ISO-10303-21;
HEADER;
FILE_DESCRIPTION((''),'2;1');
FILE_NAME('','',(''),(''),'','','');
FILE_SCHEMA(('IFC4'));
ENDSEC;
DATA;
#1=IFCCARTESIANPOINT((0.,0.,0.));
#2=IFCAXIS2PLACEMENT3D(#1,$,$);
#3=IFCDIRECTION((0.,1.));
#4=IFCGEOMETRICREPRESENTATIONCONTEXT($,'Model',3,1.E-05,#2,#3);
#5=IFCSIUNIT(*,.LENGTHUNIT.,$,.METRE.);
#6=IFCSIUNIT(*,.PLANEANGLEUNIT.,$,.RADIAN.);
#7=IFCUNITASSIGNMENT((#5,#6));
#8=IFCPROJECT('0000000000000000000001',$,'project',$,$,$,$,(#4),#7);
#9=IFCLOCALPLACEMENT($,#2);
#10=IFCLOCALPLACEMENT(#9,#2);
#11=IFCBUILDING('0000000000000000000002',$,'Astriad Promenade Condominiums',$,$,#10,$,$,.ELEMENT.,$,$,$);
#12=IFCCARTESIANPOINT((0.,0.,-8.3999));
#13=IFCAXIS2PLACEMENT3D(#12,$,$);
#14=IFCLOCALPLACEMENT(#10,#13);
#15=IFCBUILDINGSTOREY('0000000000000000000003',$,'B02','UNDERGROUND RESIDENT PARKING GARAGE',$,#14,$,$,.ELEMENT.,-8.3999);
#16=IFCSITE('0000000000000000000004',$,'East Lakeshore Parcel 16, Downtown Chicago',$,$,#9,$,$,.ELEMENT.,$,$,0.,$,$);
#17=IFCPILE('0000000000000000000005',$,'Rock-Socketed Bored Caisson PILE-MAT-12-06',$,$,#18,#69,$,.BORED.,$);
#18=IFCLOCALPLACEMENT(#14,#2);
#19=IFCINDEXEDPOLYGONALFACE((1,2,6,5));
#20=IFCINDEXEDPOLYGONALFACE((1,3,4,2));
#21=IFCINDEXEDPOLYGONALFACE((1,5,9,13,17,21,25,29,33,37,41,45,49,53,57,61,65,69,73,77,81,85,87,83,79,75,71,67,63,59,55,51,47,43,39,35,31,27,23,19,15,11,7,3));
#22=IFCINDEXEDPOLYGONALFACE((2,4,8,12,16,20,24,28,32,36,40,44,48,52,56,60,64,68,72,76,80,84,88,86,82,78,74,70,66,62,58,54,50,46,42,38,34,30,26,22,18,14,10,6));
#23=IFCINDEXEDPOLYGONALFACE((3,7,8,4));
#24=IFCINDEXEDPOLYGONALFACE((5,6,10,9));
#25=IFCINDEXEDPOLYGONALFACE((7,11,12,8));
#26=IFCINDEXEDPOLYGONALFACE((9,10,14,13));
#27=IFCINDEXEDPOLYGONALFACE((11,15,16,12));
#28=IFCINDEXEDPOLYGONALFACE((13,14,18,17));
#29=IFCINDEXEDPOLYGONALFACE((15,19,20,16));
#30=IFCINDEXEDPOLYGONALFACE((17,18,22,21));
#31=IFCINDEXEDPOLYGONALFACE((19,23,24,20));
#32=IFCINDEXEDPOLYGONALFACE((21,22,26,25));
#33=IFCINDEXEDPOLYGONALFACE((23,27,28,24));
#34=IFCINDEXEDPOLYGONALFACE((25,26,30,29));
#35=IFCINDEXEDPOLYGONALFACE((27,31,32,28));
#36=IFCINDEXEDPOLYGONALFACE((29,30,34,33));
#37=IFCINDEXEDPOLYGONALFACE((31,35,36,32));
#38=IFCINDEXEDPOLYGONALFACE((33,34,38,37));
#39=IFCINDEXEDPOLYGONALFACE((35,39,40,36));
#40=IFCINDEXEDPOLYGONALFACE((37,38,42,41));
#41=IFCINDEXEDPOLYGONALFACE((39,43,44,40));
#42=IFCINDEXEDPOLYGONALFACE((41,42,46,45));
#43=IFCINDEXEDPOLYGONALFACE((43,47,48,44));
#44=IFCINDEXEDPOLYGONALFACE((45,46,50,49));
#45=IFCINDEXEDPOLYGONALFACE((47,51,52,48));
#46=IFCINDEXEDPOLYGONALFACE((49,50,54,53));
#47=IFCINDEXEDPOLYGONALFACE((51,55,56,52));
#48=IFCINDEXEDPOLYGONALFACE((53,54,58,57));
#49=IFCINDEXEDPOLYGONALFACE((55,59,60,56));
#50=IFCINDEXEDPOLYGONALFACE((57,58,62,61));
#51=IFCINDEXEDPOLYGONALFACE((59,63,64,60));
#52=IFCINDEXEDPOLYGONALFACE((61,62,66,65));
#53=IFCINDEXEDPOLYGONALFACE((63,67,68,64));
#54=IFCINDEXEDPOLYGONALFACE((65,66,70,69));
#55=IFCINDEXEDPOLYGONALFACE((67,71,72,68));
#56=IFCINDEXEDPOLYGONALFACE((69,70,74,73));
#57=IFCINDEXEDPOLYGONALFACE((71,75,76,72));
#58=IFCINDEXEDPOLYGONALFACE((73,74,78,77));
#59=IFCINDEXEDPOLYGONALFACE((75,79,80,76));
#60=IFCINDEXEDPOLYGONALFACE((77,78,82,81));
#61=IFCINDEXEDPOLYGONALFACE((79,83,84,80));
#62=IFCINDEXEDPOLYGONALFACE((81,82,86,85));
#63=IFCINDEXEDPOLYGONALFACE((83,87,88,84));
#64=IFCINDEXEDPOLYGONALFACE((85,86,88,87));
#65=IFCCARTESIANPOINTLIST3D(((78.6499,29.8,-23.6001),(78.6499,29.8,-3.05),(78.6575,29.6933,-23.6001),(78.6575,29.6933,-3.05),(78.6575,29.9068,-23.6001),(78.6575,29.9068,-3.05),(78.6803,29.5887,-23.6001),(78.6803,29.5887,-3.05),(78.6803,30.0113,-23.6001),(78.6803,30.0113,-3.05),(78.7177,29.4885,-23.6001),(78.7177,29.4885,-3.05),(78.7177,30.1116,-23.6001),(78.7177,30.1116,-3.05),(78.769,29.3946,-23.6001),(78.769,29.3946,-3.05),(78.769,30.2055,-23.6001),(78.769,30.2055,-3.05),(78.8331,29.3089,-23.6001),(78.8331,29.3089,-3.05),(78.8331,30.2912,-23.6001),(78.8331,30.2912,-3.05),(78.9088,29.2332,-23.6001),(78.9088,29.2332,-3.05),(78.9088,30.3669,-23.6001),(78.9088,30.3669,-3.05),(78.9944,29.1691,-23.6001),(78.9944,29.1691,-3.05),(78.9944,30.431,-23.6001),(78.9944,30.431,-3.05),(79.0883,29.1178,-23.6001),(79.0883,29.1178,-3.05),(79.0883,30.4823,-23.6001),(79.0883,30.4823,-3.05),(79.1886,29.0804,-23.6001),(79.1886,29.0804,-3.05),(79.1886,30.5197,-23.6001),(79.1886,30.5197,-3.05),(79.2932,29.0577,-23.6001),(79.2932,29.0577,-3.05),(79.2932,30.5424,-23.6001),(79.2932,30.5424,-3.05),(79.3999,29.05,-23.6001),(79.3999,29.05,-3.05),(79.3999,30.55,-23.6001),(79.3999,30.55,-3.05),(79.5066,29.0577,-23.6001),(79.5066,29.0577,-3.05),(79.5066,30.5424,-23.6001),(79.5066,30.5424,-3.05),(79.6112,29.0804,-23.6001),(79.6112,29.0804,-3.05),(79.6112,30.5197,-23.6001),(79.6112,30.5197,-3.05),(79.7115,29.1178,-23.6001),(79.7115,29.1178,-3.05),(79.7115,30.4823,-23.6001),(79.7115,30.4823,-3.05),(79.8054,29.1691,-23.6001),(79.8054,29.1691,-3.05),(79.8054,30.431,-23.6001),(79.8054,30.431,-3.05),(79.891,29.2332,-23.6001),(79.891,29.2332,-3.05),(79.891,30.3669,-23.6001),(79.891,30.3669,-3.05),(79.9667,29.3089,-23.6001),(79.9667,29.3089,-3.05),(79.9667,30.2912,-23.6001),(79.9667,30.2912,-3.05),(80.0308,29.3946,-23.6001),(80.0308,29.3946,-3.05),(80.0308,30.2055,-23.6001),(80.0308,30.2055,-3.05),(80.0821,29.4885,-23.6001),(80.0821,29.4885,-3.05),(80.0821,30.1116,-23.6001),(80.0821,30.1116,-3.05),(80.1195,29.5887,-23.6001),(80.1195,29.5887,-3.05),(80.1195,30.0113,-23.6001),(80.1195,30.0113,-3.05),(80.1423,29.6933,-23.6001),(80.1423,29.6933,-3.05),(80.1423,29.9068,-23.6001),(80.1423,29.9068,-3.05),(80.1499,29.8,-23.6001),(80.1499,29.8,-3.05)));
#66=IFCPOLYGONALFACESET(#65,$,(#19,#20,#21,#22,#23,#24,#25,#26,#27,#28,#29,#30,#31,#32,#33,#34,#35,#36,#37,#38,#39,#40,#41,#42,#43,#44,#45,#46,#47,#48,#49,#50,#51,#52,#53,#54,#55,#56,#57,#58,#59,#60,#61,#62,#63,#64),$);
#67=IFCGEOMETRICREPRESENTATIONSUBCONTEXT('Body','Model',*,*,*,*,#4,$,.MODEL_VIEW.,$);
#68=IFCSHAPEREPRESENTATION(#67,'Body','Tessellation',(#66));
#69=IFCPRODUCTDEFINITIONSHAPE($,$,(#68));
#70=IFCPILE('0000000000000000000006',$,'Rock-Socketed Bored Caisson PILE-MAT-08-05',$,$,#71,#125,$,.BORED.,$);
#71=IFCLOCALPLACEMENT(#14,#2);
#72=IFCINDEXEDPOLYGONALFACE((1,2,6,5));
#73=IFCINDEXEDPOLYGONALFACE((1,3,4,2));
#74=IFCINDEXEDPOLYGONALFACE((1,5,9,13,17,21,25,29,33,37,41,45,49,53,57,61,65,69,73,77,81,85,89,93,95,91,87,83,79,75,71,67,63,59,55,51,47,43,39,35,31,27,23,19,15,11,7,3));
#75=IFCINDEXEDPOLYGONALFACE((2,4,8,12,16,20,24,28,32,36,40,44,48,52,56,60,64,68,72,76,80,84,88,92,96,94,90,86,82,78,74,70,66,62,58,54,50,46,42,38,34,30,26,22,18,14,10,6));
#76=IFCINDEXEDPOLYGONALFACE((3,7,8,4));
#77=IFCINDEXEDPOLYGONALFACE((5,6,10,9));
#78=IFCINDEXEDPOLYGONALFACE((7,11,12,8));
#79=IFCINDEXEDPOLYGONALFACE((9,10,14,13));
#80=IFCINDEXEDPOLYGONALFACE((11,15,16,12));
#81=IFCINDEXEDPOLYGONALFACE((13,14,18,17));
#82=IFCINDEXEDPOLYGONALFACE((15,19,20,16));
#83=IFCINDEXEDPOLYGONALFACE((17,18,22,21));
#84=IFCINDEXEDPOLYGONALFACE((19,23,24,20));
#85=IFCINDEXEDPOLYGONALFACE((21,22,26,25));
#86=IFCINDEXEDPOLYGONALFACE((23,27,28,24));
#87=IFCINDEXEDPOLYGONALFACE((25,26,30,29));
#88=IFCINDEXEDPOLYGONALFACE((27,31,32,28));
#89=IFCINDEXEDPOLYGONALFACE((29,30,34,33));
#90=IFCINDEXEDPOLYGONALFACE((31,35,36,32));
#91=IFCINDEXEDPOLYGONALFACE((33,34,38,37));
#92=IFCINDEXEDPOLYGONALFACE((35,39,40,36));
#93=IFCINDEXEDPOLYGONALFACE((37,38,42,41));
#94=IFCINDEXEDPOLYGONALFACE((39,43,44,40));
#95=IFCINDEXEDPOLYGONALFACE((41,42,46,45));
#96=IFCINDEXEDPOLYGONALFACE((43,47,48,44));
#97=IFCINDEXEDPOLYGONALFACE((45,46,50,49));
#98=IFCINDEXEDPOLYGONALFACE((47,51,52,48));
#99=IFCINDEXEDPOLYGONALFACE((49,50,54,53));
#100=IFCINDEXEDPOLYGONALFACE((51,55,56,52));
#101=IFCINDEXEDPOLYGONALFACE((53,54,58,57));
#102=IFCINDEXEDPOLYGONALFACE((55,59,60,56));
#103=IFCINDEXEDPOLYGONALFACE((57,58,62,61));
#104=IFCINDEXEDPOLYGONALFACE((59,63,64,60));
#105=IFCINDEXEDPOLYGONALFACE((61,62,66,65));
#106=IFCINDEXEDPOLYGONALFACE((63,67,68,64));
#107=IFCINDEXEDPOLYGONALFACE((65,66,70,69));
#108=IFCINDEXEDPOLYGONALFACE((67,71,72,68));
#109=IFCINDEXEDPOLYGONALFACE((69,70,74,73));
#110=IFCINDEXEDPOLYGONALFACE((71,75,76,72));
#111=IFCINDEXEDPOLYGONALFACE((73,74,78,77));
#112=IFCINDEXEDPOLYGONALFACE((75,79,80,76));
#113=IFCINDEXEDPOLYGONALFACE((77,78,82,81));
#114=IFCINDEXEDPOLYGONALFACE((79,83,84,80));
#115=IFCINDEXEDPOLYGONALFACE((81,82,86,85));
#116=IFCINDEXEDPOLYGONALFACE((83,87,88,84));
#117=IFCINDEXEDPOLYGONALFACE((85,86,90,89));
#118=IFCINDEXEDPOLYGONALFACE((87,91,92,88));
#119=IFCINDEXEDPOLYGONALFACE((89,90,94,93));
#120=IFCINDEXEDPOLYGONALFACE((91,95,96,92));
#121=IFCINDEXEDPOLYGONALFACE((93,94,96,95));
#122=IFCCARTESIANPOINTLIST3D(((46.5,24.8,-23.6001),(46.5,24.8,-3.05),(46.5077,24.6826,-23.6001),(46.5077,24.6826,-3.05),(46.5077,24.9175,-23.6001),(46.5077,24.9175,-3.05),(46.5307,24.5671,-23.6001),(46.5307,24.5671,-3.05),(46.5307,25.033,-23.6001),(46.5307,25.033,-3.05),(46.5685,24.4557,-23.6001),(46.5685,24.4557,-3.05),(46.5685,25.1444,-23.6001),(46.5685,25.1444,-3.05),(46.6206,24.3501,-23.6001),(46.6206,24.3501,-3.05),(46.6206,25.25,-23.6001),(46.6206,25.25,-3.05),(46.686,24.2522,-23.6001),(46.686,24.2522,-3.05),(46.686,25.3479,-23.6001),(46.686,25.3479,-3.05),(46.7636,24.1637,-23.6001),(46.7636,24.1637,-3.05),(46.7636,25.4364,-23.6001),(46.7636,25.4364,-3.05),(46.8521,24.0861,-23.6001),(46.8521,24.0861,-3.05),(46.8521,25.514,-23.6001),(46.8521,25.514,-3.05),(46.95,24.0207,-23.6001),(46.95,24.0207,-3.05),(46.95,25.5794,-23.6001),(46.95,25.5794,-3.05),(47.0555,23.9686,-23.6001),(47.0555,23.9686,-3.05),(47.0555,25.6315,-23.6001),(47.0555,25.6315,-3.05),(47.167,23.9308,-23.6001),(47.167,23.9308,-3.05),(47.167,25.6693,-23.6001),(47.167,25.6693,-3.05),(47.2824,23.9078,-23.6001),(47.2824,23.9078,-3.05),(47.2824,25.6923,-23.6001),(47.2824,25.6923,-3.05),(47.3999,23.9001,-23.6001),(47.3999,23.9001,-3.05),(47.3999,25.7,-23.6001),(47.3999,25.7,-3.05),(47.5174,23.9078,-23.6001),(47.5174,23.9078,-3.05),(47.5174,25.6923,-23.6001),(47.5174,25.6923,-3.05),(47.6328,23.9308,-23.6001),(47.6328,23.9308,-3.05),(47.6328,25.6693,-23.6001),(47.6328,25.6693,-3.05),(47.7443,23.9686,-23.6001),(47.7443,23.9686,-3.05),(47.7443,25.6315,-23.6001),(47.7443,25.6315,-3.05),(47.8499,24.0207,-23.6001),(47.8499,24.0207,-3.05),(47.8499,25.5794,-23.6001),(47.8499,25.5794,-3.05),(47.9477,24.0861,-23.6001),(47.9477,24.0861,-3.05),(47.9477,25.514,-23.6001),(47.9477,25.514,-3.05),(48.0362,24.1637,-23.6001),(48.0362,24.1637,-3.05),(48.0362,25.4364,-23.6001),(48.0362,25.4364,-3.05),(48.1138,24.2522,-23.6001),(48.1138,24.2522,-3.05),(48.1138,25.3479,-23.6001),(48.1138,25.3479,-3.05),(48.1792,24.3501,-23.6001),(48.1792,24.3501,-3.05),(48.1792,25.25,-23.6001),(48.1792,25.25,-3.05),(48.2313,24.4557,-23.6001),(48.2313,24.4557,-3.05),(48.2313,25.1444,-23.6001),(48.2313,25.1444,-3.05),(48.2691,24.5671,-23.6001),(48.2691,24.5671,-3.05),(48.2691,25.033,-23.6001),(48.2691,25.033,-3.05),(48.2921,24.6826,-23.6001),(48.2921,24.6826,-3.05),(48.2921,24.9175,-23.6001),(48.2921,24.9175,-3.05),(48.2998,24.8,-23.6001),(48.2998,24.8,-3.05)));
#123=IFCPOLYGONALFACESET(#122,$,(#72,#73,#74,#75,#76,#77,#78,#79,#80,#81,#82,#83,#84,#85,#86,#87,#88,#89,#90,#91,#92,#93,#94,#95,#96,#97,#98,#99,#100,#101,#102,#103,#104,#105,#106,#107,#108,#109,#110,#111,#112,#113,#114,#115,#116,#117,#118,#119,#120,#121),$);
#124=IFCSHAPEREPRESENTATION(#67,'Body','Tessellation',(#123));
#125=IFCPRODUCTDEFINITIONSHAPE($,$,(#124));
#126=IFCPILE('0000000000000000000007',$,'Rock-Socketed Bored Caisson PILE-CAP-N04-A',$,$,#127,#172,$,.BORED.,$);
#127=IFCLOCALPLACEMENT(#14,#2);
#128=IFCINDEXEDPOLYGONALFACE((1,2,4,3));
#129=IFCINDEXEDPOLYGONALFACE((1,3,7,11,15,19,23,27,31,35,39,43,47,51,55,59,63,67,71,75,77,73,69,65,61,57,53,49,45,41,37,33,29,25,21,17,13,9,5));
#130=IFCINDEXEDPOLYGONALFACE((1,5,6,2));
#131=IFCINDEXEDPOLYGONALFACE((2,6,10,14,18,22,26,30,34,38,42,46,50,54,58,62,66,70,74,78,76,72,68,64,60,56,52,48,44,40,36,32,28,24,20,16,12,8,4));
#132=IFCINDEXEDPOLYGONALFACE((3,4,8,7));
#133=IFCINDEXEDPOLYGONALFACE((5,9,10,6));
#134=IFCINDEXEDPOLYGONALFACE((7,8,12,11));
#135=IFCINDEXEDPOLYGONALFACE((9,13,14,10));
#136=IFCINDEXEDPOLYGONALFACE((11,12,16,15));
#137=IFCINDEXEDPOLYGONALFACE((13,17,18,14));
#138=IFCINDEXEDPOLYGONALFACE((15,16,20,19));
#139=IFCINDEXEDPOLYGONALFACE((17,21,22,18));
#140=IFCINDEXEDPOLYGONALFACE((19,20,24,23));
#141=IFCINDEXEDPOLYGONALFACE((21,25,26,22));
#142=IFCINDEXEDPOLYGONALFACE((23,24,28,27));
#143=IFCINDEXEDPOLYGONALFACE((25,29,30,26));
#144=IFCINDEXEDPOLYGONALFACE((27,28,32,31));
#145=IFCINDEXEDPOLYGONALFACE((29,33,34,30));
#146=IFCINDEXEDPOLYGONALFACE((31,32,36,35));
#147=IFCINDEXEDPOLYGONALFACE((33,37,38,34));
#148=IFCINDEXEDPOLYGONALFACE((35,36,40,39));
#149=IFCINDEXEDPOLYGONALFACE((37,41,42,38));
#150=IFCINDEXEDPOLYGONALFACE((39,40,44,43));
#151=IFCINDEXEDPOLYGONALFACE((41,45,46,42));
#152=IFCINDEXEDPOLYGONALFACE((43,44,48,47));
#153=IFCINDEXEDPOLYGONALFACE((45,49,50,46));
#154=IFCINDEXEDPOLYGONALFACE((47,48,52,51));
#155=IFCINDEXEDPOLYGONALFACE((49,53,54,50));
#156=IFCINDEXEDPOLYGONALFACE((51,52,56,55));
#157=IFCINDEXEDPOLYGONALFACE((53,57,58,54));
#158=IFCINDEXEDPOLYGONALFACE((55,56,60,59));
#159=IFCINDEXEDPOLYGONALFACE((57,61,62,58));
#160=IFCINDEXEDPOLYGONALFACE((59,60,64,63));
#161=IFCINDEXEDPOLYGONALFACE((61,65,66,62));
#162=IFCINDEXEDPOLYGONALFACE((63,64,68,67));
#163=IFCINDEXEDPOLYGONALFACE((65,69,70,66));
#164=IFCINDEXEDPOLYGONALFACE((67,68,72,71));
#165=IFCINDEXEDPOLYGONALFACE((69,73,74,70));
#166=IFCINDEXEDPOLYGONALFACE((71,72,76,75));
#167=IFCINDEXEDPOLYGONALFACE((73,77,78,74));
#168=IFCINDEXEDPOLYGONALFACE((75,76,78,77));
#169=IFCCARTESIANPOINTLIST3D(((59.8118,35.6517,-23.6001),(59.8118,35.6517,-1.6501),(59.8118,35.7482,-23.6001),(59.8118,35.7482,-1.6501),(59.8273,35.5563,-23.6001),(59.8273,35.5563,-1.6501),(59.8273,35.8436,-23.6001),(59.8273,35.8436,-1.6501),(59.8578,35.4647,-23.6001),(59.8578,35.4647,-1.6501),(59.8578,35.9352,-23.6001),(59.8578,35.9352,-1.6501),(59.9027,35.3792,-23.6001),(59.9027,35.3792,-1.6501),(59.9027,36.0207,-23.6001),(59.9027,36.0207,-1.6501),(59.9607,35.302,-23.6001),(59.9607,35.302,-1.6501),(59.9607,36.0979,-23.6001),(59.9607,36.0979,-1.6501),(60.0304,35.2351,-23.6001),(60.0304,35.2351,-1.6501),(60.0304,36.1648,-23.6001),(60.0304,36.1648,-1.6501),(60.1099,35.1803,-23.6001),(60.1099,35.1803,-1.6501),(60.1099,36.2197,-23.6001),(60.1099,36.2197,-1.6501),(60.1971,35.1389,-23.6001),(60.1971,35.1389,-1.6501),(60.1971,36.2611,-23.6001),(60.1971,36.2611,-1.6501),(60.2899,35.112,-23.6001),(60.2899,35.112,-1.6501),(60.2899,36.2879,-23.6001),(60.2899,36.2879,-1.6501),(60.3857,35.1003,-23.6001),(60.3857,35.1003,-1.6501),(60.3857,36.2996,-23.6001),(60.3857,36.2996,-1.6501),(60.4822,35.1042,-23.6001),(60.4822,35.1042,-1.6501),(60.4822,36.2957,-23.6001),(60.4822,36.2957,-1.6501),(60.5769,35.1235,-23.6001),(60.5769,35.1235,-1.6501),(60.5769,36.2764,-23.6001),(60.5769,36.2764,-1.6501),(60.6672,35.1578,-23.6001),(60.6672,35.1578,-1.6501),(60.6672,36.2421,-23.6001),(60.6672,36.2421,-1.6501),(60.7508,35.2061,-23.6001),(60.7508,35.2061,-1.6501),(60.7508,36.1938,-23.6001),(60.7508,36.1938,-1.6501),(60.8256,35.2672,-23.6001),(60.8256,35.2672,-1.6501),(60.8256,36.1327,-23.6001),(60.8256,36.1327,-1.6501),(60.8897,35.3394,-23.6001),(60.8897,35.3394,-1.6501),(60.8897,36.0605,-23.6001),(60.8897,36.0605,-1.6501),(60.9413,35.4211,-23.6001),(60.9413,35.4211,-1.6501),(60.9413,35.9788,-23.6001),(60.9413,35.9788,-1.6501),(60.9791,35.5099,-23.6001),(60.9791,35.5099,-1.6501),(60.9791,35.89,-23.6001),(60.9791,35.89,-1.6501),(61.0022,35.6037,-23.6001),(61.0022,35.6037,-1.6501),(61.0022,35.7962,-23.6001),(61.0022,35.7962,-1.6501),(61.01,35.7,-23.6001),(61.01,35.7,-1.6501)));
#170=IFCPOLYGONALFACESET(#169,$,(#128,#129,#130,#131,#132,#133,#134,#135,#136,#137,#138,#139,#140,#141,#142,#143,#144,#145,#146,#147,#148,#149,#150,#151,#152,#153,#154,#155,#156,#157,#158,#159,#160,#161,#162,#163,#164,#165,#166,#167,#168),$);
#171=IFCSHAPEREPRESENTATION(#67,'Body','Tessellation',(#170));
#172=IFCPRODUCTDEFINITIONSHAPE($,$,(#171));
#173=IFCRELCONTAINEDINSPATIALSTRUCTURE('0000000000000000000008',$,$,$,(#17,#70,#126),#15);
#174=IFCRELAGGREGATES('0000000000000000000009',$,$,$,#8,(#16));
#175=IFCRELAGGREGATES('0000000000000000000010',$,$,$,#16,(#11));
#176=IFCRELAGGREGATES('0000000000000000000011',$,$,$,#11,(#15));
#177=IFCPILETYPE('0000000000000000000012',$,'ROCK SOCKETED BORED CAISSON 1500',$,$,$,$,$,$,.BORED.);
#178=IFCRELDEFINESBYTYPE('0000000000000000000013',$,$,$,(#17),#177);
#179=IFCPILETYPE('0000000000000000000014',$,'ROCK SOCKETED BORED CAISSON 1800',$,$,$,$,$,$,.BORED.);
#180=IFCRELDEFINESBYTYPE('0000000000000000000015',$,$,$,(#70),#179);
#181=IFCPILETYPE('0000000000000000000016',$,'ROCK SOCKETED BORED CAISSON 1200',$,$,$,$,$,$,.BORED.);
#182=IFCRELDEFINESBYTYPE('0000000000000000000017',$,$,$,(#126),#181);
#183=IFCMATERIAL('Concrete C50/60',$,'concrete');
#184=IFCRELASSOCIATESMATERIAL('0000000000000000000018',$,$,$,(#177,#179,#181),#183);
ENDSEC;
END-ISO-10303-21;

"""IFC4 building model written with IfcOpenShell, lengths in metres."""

from ifc_helpers import new_model, si_unit, direction, frame, origin, origin_2d, place, context, subcontext, project, spatial, circle, extrude, source, transform, mapped, material, material_profile, profile_set, type_object, type_shapes, element, save


model = new_model("IFC4")

# Units and contexts
model_context = context("Model", 3, precision=1e-05, world=origin(), true_north=direction((0.0, 1.0)))
body_context = subcontext(model_context, "Body", "Model", "MODEL_VIEW")
ifc_project = project(units=[si_unit("LENGTHUNIT", "METRE"), si_unit("PLANEANGLEUNIT", "RADIAN")], contexts=[model_context])

# Site, building, storey
site_placement = place(None, origin())
site = spatial("IfcSite", under=ifc_project, at=site_placement, Name="East Lakeshore Parcel 16, Downtown Chicago", CompositionType="ELEMENT", RefElevation=0.0)
building_placement = place(site_placement, origin())
building = spatial("IfcBuilding", under=site, at=building_placement, Name="Astriad Promenade Condominiums", CompositionType="ELEMENT")
storey_placement = place(building_placement, frame((0.0, 0.0, -8.3999)))
storey = spatial("IfcBuildingStorey", under=building, at=storey_placement, Name="B02", Description="UNDERGROUND RESIDENT PARKING GARAGE", CompositionType="ELEMENT", Elevation=-8.3999)

# Piles
ifc_material_1 = material(Name="Concrete C50/60", Category="concrete")
ifc_material_profile_1 = material_profile(ifc_material_1, circle(Radius=0.75, at=origin_2d()), Name="CAISSON-D1500")
ifc_profile_set_1 = profile_set([ifc_material_profile_1], Name="Concrete C50/60")
pile_type_1 = type_object("IfcPileType", Name="ROCK SOCKETED BORED CAISSON 1500", PredefinedType="BORED", material=ifc_profile_set_1)
shared_shape_1 = source(origin(), body_context, "Body", "SweptSolid", [
    extrude(circle(Radius=0.75, at=origin_2d()), origin(), (0.0, 0.0, 1.0), 20.55),
])
type_shapes(pile_type_1, [shared_shape_1])
for number, where, z_axis, x_axis, name in (
    (1, (79.3999, 29.8, -3.05), (0.0, 0.0, -1.0), (1.0, 0.0, 0.0), "Rock-Socketed Bored Caisson PILE-MAT-12-06"),
):
    element("IfcPile", number, at=place(storey_placement, frame(where, z_axis=z_axis, x_axis=x_axis)), inside=storey, type_object=pile_type_1, Name=name, PredefinedType="BORED", context=body_context, shape_type="MappedRepresentation", body=[
        mapped(shared_shape_1, transform((0.0, 0.0, 0.0), scale=1.0)),
    ])
ifc_material_profile_2 = material_profile(ifc_material_1, circle(Radius=0.8999, at=origin_2d()), Name="CAISSON-D1800")
ifc_profile_set_2 = profile_set([ifc_material_profile_2], Name="Concrete C50/60")
pile_type_2 = type_object("IfcPileType", Name="ROCK SOCKETED BORED CAISSON 1800", PredefinedType="BORED", material=ifc_profile_set_2)
shared_shape_2 = source(origin(), body_context, "Body", "SweptSolid", [
    extrude(circle(Radius=0.8999, at=origin_2d()), origin(), (0.0, 0.0, 1.0), 20.55),
])
type_shapes(pile_type_2, [shared_shape_2])
pile_placement = place(storey_placement, frame((47.3999, 24.8, -3.05), z_axis=(0.0, 0.0, -1.0), x_axis=(1.0, 0.0, 0.0)))
element("IfcPile", 2, at=pile_placement, inside=storey, type_object=pile_type_2, Name="Rock-Socketed Bored Caisson PILE-MAT-08-05", PredefinedType="BORED", context=body_context, shape_type="MappedRepresentation", body=[
    mapped(shared_shape_2, transform((0.0, 0.0, 0.0), scale=1.0)),
])
ifc_material_profile_3 = material_profile(ifc_material_1, circle(Radius=0.6001, at=origin_2d()), Name="CAISSON-D1200")
ifc_profile_set_3 = profile_set([ifc_material_profile_3], Name="Concrete C50/60")
pile_type_3 = type_object("IfcPileType", Name="ROCK SOCKETED BORED CAISSON 1200", PredefinedType="BORED", material=ifc_profile_set_3)
shared_shape_3 = source(origin(), body_context, "Body", "SweptSolid", [
    extrude(circle(Radius=0.6001, at=origin_2d()), origin(), (0.0, 0.0, 1.0), 21.95),
])
type_shapes(pile_type_3, [shared_shape_3])
for number, where, z_axis, x_axis, name in (
    (3, (60.4099, 35.7, -1.6501), (0.0, 0.0, -1.0), (1.0, 0.0, 0.0), "Rock-Socketed Bored Caisson PILE-CAP-N04-A"),
):
    element("IfcPile", number, at=place(storey_placement, frame(where, z_axis=z_axis, x_axis=x_axis)), inside=storey, type_object=pile_type_3, Name=name, PredefinedType="BORED", context=body_context, shape_type="MappedRepresentation", body=[
        mapped(shared_shape_3, transform((0.0, 0.0, 0.0), scale=1.0)),
    ])

save(model, "model.ifc")
